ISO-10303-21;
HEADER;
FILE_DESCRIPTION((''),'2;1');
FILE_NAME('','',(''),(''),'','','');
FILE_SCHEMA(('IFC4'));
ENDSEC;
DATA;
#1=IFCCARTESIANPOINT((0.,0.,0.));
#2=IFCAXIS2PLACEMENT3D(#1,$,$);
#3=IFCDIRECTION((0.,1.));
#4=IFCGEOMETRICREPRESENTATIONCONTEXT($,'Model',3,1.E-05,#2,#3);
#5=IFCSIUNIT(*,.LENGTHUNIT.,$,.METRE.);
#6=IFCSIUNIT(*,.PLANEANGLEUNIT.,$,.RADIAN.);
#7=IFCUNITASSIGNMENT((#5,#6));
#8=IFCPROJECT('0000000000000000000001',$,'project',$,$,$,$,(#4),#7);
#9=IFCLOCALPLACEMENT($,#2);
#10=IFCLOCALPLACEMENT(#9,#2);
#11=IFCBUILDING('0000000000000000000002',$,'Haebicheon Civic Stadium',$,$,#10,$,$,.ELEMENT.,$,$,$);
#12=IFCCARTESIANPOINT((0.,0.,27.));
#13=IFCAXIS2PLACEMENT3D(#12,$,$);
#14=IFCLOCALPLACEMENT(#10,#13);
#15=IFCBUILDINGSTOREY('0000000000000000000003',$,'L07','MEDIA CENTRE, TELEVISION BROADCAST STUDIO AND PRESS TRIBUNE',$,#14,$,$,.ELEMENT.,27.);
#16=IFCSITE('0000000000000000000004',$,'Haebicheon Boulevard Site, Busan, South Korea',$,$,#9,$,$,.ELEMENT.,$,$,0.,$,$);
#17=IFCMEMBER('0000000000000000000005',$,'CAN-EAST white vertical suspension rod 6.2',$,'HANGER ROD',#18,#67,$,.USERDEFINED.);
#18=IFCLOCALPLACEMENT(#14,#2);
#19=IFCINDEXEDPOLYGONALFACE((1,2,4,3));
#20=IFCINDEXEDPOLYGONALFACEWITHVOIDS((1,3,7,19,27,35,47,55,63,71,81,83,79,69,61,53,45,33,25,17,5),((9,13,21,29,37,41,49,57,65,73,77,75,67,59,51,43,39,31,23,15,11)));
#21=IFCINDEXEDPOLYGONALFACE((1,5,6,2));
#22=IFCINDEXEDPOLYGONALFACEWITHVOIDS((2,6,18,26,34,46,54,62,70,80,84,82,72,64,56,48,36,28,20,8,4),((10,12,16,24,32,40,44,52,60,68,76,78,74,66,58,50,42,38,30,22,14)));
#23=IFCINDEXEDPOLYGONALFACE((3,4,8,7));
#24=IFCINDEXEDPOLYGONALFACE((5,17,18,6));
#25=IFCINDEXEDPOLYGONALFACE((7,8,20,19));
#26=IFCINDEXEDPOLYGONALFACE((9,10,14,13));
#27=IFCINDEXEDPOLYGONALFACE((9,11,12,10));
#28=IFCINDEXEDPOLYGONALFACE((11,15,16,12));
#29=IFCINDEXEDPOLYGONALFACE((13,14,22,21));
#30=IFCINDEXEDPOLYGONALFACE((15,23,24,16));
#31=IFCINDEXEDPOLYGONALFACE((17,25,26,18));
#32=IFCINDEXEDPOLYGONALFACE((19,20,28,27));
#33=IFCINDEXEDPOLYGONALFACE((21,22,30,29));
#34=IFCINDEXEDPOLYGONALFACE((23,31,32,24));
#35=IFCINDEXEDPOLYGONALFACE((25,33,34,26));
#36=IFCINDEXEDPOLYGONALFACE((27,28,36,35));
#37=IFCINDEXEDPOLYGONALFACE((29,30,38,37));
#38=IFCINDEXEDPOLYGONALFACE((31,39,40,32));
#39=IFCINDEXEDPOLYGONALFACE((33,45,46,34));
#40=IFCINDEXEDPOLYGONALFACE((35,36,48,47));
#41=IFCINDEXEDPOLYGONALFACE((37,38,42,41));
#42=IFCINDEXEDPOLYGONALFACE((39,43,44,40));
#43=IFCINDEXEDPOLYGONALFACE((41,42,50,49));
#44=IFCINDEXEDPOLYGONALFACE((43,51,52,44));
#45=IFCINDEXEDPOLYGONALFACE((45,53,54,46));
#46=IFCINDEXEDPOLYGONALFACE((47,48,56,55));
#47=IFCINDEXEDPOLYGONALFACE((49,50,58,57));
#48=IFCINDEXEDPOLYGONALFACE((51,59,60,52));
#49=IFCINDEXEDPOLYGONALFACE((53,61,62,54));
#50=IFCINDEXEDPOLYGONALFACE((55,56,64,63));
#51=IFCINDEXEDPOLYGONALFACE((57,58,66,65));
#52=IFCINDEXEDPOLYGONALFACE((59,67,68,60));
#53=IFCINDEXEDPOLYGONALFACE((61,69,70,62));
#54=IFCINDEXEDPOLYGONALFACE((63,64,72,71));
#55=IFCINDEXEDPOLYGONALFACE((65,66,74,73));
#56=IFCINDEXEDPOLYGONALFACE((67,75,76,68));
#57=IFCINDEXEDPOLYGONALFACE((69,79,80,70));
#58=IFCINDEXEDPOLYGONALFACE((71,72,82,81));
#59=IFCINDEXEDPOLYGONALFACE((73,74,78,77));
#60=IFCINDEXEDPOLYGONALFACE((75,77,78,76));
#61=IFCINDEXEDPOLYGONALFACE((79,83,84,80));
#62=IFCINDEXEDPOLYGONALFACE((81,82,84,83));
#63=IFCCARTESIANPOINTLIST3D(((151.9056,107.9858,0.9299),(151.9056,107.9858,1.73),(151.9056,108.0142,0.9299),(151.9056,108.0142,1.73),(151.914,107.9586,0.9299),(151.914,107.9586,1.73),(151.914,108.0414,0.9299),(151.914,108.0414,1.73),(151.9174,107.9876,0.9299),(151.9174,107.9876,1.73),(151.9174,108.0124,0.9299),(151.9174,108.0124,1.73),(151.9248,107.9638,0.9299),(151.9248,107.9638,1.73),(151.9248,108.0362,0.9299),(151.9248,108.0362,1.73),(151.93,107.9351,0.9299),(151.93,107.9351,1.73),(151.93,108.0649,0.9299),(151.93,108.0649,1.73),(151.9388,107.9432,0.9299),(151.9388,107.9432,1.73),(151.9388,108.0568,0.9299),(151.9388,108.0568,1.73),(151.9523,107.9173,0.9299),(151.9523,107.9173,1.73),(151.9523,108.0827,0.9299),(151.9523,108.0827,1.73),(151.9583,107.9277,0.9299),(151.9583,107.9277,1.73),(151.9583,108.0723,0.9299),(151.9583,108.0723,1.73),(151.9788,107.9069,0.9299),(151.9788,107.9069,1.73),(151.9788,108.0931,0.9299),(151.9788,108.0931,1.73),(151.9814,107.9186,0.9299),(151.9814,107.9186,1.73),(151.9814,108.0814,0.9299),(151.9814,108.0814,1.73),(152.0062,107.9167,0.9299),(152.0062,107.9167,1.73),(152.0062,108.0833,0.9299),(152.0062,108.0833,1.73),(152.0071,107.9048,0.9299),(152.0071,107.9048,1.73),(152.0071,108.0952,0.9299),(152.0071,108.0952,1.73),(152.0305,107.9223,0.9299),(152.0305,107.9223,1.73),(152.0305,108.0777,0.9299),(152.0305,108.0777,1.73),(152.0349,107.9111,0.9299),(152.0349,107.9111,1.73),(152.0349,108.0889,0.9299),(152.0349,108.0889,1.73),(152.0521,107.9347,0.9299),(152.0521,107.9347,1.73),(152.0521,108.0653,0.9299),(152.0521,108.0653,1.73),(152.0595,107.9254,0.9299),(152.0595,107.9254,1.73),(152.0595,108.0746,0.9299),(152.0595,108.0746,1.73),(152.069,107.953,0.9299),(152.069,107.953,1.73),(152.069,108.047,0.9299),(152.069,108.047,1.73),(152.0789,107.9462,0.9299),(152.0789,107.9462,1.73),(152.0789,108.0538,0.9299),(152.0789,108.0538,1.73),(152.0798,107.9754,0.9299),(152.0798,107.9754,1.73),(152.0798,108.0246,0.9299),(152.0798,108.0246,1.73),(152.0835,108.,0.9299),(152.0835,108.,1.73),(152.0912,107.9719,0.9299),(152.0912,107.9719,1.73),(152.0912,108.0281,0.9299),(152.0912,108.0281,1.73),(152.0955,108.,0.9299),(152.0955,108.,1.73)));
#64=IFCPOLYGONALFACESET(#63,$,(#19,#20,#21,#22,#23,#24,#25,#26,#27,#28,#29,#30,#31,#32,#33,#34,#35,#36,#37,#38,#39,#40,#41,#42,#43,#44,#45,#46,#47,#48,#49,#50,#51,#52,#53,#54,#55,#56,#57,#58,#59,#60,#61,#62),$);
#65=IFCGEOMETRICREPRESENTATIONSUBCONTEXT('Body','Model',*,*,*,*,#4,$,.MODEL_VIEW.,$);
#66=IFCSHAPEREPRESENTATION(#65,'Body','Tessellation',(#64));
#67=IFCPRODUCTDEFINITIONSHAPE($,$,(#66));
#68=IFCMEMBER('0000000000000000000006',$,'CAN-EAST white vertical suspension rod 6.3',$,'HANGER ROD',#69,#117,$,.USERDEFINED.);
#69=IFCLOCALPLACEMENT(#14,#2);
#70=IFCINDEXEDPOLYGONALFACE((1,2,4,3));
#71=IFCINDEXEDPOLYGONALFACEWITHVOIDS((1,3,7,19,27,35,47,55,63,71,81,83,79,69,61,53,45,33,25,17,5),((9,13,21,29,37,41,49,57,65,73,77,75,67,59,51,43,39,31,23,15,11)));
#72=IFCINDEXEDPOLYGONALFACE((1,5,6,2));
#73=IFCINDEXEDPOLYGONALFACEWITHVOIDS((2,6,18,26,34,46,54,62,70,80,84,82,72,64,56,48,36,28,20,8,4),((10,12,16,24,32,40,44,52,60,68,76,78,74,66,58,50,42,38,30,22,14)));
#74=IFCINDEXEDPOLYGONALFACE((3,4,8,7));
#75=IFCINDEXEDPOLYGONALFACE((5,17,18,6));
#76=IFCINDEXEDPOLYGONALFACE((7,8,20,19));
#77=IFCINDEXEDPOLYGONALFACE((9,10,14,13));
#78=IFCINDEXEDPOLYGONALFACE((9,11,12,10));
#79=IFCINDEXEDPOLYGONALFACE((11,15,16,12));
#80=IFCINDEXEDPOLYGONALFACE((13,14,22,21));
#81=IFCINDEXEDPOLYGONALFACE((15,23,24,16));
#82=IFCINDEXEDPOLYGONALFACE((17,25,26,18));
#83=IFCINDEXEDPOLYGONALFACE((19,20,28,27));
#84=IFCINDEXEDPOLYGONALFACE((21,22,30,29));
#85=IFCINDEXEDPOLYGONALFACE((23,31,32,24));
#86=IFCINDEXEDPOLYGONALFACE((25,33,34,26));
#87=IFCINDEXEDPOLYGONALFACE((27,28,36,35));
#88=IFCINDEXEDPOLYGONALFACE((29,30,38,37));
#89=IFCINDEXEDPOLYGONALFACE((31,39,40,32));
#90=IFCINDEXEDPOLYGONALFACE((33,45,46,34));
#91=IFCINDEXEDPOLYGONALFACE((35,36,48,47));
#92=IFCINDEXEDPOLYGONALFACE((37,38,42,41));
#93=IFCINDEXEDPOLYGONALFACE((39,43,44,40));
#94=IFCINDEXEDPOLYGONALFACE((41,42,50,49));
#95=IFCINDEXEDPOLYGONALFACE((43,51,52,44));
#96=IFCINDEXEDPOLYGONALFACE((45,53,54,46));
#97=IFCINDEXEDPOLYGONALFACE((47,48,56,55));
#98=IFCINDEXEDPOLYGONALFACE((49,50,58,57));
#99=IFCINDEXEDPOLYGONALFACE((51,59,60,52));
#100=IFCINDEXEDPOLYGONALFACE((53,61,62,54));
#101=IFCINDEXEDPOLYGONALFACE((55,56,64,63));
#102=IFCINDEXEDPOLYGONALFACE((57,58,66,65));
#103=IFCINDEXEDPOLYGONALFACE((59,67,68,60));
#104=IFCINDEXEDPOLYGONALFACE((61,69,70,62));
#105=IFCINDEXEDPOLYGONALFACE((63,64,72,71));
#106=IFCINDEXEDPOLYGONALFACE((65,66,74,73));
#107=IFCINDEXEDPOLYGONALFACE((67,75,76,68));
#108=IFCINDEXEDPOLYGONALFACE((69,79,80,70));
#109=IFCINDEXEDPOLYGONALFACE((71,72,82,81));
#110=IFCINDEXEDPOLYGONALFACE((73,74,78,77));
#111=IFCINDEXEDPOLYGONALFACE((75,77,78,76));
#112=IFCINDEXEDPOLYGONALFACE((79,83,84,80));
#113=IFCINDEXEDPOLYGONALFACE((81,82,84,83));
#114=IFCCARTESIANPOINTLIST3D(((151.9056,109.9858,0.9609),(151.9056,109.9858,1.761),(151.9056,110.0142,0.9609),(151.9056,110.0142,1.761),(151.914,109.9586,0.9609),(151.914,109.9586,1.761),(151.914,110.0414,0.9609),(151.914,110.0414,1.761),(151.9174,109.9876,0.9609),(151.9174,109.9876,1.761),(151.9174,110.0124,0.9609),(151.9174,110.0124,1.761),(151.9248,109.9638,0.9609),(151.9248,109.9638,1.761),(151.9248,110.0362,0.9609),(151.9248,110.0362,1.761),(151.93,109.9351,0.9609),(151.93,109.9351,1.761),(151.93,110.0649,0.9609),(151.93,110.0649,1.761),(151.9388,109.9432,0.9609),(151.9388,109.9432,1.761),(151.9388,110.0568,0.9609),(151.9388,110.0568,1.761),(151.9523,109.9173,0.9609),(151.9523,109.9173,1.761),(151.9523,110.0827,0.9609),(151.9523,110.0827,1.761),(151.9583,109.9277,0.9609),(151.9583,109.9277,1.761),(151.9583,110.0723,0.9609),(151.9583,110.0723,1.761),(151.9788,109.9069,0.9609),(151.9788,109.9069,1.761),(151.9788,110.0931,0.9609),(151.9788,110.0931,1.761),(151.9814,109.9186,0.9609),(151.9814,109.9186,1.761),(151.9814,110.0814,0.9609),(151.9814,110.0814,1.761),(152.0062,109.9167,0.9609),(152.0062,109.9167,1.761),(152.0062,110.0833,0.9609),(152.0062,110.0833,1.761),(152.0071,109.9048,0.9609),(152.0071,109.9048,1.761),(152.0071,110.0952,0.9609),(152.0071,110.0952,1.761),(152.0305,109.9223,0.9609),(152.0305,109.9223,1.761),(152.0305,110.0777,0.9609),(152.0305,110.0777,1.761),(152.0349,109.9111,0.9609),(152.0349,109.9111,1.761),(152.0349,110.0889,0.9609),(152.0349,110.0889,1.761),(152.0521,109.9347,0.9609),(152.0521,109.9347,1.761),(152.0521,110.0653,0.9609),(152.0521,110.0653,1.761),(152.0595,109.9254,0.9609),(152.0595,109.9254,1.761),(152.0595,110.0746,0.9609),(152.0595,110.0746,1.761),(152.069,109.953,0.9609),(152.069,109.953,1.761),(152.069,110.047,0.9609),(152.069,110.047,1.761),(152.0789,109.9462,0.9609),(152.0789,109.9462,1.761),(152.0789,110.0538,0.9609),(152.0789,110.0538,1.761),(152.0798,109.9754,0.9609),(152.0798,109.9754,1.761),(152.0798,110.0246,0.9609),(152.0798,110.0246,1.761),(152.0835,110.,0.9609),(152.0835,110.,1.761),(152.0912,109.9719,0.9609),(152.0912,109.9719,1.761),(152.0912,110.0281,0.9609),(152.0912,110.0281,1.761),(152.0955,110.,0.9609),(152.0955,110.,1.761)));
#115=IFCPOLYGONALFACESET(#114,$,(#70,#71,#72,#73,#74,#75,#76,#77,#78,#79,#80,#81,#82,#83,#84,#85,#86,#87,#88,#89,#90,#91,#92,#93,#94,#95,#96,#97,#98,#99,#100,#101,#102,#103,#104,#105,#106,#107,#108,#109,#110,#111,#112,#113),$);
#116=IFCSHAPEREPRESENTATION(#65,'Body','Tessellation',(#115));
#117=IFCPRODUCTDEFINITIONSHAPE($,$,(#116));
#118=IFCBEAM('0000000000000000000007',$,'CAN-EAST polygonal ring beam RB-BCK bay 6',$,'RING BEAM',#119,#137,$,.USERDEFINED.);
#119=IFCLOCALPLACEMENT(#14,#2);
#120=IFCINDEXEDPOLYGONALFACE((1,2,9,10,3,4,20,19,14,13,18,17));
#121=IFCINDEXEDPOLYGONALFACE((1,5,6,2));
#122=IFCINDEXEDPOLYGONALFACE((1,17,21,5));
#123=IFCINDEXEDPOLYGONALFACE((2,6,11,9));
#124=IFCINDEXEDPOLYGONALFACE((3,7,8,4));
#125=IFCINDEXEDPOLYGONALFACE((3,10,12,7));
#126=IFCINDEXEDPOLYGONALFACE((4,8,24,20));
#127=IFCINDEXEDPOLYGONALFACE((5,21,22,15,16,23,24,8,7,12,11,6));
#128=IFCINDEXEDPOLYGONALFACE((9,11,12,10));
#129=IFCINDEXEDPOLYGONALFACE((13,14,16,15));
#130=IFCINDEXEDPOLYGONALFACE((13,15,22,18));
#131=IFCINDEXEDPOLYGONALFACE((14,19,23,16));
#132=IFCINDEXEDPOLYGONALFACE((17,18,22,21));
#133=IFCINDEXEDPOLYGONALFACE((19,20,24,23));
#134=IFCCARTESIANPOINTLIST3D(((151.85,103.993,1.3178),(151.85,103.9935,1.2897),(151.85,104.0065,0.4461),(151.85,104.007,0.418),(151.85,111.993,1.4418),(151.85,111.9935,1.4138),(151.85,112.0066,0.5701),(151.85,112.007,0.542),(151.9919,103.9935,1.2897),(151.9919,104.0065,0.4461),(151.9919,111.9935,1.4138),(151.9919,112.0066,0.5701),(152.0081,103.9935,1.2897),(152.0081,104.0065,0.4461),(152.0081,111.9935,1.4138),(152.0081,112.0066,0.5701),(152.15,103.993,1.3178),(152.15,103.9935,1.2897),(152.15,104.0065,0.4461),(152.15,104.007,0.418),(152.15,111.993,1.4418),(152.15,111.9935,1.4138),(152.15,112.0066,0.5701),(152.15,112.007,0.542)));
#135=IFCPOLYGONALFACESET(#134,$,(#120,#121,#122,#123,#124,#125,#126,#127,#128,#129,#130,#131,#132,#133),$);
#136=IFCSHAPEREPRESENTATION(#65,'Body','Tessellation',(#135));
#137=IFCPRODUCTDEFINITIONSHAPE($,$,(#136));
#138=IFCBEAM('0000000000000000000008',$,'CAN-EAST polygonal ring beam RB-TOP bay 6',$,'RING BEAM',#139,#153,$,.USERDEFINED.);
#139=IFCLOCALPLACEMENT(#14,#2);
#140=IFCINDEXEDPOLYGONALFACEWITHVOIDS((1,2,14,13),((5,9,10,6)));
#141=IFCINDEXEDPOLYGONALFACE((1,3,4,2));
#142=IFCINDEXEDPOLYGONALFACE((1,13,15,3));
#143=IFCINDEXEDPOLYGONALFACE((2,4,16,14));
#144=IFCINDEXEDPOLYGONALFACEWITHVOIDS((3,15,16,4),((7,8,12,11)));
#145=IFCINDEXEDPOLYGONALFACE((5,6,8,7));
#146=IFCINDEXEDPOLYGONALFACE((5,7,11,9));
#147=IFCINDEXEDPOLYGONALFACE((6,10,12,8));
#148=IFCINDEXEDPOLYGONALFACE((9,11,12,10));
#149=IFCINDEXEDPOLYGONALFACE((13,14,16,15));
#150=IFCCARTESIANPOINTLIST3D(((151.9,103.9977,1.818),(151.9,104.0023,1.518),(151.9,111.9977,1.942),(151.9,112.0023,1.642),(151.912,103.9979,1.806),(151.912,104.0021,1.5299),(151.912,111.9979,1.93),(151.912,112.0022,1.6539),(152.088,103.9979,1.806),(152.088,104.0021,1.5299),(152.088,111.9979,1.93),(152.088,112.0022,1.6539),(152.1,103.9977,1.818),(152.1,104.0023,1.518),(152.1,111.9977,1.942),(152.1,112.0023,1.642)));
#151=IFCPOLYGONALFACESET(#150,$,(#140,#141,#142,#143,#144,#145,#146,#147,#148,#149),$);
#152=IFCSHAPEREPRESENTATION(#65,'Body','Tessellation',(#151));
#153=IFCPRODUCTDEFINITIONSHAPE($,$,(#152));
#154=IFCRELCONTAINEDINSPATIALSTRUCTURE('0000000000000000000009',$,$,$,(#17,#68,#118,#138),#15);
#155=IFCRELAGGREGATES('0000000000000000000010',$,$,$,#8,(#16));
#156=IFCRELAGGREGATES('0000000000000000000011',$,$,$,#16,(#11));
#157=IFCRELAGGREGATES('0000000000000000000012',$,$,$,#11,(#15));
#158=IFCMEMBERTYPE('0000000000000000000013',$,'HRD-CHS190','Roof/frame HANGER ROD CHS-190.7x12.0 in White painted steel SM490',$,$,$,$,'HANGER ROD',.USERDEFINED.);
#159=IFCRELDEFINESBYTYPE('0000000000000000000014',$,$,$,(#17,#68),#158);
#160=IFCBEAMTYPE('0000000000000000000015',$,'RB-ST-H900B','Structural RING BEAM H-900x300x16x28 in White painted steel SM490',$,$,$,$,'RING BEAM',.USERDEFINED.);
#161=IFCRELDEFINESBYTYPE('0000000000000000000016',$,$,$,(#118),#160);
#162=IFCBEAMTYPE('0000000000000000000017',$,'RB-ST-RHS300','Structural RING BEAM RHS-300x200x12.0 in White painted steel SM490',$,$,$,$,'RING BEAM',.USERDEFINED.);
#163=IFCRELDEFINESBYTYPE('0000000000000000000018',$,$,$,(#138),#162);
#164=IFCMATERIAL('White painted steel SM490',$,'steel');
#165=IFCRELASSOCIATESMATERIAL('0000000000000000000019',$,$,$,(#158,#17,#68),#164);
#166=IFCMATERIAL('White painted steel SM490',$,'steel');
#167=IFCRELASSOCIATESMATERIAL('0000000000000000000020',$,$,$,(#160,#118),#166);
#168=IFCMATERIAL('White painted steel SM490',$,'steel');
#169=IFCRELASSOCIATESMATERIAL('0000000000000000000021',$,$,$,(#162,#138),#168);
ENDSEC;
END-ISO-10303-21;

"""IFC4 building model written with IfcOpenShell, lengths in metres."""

from ifc_helpers import new_model, si_unit, direction, frame, origin, origin_2d, place, context, subcontext, project, spatial, hollow_rectangle, hollow_circle, i_section, extrude, material, material_profile, profile_set, type_object, element, save


model = new_model("IFC4")

# Units and contexts
model_context = context("Model", 3, precision=1e-05, world=origin(), true_north=direction((0.0, 1.0)))
body_context = subcontext(model_context, "Body", "Model", "MODEL_VIEW")
ifc_project = project(units=[si_unit("LENGTHUNIT", "METRE"), si_unit("PLANEANGLEUNIT", "RADIAN")], contexts=[model_context])

# Site, building, storey
site_placement = place(None, origin())
site = spatial("IfcSite", under=ifc_project, at=site_placement, Name="Haebicheon Boulevard Site, Busan, South Korea", CompositionType="ELEMENT", RefElevation=0.0)
building_placement = place(site_placement, origin())
building = spatial("IfcBuilding", under=site, at=building_placement, Name="Haebicheon Civic Stadium", CompositionType="ELEMENT")
storey_placement = place(building_placement, frame((0.0, 0.0, 27.0)))
storey = spatial("IfcBuildingStorey", under=building, at=storey_placement, Name="L07", Description="MEDIA CENTRE, TELEVISION BROADCAST STUDIO AND PRESS TRIBUNE", CompositionType="ELEMENT", Elevation=27.0)

# Members
ifc_material_1 = material(Name="White painted steel SM490", Category="steel")
ifc_material_profile_1 = material_profile(ifc_material_1, hollow_circle(Radius=0.0955, WallThickness=0.012, at=origin_2d()), Name="CHS-190.7x12.0")
ifc_profile_set_1 = profile_set([ifc_material_profile_1], Name="White painted steel SM490")
member_type_1 = type_object("IfcMemberType", Name="HRD-CHS190", Description="Roof/frame HANGER ROD CHS-190.7x12.0 in White painted steel SM490", ElementType="HANGER ROD", PredefinedType="USERDEFINED", material=ifc_profile_set_1)
for number, where, z_axis, x_axis, name in (
    (1, (152.0, 108.0, 0.9299), (0.0, 0.0, 1.0), (1.0, 0.0, 0.0), "CAN-EAST white vertical suspension rod 6.2"),
    (2, (152.0, 110.0, 0.9609), (0.0, 0.0, 1.0), (1.0, 0.0, 0.0), "CAN-EAST white vertical suspension rod 6.3"),
):
    element("IfcMember", number, at=place(storey_placement, frame(where, z_axis=z_axis, x_axis=x_axis)), inside=storey, type_object=member_type_1, material=ifc_profile_set_1, Name=name, ObjectType="HANGER ROD", PredefinedType="USERDEFINED", context=body_context, shape_type="SweptSolid", body=[
        extrude(hollow_circle(Radius=0.0955, WallThickness=0.012, at=origin_2d()), origin(), (0.0, 0.0, 1.0), 0.8),
    ])

# Beams
ifc_material_2 = material(Name="White painted steel SM490", Category="steel")
ifc_material_profile_2 = material_profile(ifc_material_2, i_section(OverallWidth=0.3, OverallDepth=0.8999, WebThickness=0.0161, FlangeThickness=0.0281, at=origin_2d()), Name="H-900x300x16x28")
ifc_profile_set_2 = profile_set([ifc_material_profile_2], Name="White painted steel SM490")
beam_type_1 = type_object("IfcBeamType", Name="RB-ST-H900B", Description="Structural RING BEAM H-900x300x16x28 in White painted steel SM490", ElementType="RING BEAM", PredefinedType="USERDEFINED", material=ifc_profile_set_2)
beam_1_placement = place(storey_placement, frame((152.0, 104.0, 0.8679), z_axis=(0.0, 0.99988, 0.015501), x_axis=(-1.0, 0.0, 0.0)))
element("IfcBeam", 3, at=beam_1_placement, inside=storey, type_object=beam_type_1, material=ifc_profile_set_2, Name="CAN-EAST polygonal ring beam RB-BCK bay 6", ObjectType="RING BEAM", PredefinedType="USERDEFINED", context=body_context, shape_type="SweptSolid", body=[
    extrude(i_section(OverallWidth=0.3, OverallDepth=0.8999, WebThickness=0.0161, FlangeThickness=0.0281, at=origin_2d()), origin(), (0.0, 0.0, 1.0), 8.001),
])
ifc_material_3 = material(Name="White painted steel SM490", Category="steel")
ifc_material_profile_3 = material_profile(ifc_material_3, hollow_rectangle(XDim=0.2, YDim=0.3, WallThickness=0.012, at=origin_2d()), Name="RHS-300x200x12.0")
ifc_profile_set_3 = profile_set([ifc_material_profile_3], Name="White painted steel SM490")
beam_type_2 = type_object("IfcBeamType", Name="RB-ST-RHS300", Description="Structural RING BEAM RHS-300x200x12.0 in White painted steel SM490", ElementType="RING BEAM", PredefinedType="USERDEFINED", material=ifc_profile_set_3)
beam_2_placement = place(storey_placement, frame((152.0, 104.0, 1.668), z_axis=(0.0, 0.99988, 0.015501), x_axis=(-1.0, 0.0, 0.0)))
element("IfcBeam", 4, at=beam_2_placement, inside=storey, type_object=beam_type_2, material=ifc_profile_set_3, Name="CAN-EAST polygonal ring beam RB-TOP bay 6", ObjectType="RING BEAM", PredefinedType="USERDEFINED", context=body_context, shape_type="SweptSolid", body=[
    extrude(hollow_rectangle(XDim=0.2, YDim=0.3, WallThickness=0.012, at=origin_2d()), origin(), (0.0, 0.0, 1.0), 8.001),
])

save(model, "model.ifc")
